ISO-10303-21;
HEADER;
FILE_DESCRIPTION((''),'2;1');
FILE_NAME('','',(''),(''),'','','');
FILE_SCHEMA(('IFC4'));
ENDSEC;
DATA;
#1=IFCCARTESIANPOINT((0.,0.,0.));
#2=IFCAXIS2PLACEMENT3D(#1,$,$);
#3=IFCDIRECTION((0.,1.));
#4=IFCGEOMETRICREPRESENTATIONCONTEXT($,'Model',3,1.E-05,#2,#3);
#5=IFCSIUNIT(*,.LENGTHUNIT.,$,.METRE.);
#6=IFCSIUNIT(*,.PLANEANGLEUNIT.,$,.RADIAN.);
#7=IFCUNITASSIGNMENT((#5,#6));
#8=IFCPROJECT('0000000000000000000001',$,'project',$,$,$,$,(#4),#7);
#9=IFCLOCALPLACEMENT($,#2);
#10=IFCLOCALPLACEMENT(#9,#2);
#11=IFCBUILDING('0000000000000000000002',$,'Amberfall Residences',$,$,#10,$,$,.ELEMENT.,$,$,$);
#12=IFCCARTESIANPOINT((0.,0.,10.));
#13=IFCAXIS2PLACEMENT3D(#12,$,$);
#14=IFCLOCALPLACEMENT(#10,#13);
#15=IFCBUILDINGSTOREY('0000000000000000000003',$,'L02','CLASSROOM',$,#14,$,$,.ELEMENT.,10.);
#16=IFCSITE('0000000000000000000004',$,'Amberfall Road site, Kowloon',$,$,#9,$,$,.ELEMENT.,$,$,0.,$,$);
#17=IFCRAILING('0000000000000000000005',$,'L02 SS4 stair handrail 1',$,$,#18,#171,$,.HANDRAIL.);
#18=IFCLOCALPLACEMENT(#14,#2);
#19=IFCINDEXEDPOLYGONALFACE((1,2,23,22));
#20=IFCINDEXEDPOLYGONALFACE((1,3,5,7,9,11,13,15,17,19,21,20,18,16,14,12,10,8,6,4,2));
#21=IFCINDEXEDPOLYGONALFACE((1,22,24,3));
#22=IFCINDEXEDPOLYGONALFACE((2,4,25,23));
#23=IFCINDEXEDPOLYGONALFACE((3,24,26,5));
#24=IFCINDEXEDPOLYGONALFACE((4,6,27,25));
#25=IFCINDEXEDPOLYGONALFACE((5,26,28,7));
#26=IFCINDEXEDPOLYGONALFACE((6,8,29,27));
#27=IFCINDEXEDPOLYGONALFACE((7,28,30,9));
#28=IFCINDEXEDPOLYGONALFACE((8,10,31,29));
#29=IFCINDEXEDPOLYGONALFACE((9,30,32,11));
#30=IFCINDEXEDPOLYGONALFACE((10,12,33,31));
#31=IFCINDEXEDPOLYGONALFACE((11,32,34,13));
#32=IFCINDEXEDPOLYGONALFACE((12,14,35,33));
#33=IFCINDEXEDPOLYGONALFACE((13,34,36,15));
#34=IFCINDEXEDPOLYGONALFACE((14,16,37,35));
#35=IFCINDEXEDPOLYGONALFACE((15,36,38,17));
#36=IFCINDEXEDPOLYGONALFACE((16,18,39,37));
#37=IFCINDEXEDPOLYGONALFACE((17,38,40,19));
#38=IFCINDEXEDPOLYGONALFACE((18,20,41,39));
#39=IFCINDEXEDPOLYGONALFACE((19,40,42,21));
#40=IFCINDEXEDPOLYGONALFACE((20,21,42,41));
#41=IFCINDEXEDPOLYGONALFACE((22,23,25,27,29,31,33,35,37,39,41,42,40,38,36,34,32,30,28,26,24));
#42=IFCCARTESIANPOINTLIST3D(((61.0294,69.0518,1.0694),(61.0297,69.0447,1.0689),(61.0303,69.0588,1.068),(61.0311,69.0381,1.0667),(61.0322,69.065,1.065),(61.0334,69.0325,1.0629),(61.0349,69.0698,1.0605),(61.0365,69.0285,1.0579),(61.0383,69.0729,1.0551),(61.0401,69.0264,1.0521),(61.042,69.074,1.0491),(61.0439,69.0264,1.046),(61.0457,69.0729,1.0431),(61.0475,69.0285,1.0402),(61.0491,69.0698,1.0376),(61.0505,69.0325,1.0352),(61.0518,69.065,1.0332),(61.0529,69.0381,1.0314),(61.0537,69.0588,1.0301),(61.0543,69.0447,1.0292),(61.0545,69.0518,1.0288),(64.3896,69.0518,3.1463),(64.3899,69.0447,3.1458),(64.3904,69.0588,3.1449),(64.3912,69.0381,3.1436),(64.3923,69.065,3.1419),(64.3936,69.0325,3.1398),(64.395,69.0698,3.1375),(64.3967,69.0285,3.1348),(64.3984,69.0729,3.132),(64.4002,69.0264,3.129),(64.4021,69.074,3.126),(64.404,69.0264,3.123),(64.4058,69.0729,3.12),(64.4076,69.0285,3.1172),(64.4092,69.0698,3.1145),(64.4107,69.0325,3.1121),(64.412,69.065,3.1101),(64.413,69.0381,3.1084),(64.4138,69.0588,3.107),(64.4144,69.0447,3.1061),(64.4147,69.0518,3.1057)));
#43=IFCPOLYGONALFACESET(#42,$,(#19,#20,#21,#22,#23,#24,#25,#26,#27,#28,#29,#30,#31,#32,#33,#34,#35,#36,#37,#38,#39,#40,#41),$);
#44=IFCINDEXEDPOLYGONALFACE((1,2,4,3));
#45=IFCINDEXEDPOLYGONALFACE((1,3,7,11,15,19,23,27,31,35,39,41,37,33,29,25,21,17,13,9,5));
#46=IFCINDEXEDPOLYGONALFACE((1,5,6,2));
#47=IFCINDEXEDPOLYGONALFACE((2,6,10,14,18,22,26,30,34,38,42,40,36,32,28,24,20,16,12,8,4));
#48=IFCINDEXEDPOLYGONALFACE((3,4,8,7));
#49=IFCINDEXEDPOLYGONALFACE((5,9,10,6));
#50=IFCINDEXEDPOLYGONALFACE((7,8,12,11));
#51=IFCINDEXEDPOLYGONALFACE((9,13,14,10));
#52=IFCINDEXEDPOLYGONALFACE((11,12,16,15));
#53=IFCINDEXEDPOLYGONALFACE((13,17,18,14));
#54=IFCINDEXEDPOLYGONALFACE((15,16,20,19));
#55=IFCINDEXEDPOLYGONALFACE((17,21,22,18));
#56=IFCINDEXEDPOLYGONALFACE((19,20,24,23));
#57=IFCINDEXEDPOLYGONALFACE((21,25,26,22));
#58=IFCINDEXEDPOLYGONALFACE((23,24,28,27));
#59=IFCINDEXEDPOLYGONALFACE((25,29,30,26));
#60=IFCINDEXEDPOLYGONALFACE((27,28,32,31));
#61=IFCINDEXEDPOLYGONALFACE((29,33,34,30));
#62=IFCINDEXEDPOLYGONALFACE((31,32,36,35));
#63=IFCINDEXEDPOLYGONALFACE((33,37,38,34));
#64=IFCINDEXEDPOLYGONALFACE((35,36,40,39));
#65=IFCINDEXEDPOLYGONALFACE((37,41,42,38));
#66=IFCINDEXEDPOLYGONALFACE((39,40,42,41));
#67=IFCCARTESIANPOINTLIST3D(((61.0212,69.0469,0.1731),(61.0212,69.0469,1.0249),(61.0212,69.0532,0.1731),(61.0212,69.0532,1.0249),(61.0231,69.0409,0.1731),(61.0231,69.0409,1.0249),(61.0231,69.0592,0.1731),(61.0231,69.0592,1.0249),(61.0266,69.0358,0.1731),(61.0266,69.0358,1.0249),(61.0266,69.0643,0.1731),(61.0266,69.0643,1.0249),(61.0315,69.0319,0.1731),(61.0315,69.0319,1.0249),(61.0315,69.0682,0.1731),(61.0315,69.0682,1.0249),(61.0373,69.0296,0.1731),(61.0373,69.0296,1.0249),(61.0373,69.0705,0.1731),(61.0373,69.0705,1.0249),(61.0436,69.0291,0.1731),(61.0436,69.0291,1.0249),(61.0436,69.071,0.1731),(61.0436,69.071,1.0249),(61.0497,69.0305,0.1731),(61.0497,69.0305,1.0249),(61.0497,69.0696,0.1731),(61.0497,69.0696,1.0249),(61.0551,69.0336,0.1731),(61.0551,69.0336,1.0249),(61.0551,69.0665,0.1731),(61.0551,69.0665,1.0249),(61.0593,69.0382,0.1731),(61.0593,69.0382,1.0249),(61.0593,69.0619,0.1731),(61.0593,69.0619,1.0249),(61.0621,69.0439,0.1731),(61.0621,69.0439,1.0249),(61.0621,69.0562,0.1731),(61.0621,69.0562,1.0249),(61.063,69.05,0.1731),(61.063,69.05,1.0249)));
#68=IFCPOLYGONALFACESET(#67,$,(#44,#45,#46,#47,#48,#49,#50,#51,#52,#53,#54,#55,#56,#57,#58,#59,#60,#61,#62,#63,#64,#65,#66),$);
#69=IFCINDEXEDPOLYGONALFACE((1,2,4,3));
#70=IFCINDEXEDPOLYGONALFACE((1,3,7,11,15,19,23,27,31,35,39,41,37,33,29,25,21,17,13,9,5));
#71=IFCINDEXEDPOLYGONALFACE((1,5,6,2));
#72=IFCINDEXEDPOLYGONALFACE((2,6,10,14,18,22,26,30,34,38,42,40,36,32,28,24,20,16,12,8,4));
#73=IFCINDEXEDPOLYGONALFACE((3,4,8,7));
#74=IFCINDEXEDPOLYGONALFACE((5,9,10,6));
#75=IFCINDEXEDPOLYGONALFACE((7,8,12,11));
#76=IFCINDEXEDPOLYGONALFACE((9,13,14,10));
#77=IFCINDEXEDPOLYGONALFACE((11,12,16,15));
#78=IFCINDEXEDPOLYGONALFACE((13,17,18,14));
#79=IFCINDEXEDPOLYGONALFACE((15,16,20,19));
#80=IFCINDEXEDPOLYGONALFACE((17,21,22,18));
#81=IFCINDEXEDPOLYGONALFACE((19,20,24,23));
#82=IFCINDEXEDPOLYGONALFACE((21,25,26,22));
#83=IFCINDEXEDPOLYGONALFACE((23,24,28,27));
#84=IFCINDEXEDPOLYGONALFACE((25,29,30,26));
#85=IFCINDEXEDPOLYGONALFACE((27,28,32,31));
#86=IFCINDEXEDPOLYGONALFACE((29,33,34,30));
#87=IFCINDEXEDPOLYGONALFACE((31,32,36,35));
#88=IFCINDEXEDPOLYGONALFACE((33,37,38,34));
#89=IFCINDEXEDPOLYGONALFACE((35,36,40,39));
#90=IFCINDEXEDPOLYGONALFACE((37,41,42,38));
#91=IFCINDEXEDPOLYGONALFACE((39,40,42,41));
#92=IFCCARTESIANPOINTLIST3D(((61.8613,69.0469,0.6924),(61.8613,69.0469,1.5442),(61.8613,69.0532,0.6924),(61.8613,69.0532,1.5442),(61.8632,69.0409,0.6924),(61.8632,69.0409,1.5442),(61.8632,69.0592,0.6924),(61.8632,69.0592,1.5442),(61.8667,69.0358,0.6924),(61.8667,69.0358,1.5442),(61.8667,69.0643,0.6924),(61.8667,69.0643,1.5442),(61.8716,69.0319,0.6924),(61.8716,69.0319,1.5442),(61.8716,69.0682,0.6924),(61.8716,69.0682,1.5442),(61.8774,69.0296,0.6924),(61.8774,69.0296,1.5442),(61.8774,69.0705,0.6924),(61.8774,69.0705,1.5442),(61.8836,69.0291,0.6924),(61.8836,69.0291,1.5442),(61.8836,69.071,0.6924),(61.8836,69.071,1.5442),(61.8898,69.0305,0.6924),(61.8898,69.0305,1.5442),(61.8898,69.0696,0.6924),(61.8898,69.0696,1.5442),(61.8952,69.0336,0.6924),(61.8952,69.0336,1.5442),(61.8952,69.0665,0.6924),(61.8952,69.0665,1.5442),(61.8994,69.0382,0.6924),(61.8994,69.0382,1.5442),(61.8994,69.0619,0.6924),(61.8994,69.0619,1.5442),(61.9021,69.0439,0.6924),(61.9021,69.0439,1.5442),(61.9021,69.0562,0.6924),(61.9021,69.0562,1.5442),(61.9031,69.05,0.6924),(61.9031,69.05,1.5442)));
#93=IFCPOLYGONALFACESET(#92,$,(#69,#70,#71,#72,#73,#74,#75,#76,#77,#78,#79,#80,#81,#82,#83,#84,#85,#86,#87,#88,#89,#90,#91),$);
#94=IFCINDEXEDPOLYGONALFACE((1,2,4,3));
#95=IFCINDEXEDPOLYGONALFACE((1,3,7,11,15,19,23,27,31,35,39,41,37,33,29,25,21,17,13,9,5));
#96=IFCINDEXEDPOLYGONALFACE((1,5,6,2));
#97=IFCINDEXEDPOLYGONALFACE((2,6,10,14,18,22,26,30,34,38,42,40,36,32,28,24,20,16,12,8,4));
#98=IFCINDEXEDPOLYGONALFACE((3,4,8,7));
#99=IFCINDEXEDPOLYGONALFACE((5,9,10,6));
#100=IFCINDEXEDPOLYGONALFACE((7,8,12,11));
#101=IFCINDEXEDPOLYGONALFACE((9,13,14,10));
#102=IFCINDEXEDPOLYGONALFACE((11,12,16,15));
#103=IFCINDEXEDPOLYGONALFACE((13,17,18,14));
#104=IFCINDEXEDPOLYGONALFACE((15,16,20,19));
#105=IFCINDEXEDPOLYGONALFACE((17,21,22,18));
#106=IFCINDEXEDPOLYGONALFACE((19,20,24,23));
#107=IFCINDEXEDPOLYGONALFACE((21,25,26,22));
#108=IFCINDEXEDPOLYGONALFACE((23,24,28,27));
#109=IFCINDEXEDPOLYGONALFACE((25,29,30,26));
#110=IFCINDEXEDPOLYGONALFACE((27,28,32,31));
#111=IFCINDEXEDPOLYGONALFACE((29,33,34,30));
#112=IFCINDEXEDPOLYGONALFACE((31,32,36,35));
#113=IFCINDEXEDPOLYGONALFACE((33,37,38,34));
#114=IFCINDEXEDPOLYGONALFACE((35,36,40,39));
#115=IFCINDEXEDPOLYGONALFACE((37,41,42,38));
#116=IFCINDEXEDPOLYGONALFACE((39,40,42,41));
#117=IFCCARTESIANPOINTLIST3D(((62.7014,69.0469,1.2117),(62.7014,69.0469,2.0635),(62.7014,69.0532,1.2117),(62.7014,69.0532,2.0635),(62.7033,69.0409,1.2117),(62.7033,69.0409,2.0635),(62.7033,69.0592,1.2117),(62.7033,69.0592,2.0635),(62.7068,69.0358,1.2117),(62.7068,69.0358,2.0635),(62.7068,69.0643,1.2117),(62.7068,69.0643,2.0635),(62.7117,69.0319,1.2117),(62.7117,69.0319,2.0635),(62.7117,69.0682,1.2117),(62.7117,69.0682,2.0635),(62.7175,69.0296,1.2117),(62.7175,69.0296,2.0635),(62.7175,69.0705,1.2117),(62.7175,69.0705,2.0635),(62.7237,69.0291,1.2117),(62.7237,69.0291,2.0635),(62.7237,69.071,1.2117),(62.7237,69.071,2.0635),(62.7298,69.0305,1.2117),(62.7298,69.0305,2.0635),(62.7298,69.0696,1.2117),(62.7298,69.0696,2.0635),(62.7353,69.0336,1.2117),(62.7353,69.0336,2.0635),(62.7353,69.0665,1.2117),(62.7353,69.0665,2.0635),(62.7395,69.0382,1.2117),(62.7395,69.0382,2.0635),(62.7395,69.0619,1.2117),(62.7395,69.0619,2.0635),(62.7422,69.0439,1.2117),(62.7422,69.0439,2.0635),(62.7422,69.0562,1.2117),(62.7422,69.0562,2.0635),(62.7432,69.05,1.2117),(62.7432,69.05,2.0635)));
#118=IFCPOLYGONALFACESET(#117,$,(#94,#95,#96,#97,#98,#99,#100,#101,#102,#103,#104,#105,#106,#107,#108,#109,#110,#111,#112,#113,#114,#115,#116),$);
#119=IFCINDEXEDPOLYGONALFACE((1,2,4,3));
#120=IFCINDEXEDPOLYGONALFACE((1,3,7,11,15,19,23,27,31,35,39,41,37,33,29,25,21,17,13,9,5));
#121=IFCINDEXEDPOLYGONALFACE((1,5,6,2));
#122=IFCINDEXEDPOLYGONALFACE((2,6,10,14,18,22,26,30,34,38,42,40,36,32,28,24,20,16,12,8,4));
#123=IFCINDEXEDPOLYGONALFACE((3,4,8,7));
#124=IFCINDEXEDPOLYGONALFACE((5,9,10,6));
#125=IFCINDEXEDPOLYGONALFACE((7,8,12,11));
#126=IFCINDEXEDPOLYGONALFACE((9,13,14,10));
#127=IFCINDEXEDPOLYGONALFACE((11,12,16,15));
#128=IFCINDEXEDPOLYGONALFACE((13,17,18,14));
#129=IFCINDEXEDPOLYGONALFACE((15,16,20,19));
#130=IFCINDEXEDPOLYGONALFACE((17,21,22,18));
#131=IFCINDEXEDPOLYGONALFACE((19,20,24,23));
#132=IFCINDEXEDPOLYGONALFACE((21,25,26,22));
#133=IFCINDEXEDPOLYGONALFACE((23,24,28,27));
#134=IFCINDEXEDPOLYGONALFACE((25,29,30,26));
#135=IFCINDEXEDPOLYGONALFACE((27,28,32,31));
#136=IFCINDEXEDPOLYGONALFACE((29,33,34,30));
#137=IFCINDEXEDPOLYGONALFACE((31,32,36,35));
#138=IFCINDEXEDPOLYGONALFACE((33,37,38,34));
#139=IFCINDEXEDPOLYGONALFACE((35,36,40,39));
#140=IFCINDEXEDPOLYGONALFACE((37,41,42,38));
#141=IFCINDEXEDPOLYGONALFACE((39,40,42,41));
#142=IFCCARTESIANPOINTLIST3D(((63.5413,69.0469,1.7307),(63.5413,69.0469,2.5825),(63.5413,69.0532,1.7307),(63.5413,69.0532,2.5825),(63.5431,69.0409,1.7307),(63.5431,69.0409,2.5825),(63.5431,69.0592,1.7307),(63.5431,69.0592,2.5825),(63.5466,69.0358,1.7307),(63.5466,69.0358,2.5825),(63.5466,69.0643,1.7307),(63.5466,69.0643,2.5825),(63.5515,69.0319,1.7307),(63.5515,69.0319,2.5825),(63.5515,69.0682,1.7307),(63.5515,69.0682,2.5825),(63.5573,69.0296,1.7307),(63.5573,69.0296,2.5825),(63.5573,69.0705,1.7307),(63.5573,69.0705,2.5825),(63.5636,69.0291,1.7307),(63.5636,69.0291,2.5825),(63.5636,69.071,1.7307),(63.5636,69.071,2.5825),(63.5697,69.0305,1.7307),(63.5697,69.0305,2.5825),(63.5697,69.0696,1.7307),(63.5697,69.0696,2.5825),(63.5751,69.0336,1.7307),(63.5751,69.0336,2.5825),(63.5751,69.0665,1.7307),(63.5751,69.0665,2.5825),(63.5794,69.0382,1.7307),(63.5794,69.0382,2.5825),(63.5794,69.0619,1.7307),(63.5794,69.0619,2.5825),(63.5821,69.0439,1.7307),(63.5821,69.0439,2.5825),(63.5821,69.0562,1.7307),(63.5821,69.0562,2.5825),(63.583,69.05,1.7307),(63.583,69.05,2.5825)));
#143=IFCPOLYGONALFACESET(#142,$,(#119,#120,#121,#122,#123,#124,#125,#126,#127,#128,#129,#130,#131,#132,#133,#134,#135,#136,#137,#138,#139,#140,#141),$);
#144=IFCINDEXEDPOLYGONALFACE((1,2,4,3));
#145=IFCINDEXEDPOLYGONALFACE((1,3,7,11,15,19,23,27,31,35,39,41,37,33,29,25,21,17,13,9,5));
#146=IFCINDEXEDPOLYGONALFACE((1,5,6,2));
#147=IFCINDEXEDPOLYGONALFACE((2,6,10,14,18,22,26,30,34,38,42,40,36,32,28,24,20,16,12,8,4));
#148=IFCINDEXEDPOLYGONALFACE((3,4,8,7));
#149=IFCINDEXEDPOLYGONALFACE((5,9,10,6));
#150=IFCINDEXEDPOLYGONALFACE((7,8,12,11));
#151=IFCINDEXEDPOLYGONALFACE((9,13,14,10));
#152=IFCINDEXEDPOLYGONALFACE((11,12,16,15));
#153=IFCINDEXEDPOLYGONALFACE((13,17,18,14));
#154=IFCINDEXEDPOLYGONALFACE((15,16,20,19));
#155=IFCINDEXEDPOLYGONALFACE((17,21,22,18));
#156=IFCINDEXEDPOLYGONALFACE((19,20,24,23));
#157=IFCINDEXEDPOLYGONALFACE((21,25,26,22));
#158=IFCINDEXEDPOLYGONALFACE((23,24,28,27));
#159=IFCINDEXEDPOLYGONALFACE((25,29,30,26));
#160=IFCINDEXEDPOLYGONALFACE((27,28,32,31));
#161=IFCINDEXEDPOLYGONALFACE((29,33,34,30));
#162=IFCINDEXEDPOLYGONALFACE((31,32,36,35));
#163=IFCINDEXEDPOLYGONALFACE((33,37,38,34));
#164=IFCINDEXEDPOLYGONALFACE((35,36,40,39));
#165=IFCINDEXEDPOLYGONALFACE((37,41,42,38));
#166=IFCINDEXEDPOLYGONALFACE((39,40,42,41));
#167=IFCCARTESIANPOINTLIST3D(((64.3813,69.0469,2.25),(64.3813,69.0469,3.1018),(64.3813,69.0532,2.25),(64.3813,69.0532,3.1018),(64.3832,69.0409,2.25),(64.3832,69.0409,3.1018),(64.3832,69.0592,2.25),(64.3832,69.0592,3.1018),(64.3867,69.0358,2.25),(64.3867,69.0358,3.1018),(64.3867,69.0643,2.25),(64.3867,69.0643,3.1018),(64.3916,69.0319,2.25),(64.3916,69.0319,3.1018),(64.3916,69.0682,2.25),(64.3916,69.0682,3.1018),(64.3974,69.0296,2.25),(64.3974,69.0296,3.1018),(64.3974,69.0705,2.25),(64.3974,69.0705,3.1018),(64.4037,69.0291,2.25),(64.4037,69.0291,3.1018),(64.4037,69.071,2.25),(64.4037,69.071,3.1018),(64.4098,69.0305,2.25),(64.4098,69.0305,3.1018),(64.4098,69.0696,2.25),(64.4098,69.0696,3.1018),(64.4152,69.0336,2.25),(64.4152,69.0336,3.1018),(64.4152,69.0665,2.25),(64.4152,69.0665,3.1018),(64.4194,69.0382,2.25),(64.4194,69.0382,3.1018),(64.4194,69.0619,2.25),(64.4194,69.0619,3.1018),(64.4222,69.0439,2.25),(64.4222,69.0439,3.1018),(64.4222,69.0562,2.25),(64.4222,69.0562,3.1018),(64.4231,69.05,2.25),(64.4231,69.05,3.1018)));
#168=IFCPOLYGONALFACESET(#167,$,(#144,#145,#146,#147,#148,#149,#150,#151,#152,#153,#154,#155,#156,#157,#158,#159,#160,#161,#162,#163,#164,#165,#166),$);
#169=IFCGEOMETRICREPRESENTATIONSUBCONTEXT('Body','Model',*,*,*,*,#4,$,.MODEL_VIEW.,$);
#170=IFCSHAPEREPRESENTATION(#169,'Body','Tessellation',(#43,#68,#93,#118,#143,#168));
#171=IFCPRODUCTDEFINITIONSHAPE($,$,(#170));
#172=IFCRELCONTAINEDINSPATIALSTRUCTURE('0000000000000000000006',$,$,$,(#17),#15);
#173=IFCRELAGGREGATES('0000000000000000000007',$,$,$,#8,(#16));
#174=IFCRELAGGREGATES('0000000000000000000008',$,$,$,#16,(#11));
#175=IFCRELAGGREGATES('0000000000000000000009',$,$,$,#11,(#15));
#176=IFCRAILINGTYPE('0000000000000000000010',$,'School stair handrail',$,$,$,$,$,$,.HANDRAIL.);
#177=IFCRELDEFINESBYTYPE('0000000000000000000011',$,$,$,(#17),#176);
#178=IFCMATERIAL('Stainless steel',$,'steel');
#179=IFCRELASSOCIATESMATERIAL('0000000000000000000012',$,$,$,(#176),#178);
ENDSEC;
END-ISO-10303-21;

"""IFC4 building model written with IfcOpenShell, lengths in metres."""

from ifc_helpers import new_model, si_unit, direction, frame, origin, origin_2d, place, context, subcontext, project, spatial, circle, extrude, material, type_object, element, save


model = new_model("IFC4")

# Units and contexts
model_context = context("Model", 3, precision=1e-05, world=origin(), true_north=direction((0.0, 1.0)))
body_context = subcontext(model_context, "Body", "Model", "MODEL_VIEW")
ifc_project = project(units=[si_unit("LENGTHUNIT", "METRE"), si_unit("PLANEANGLEUNIT", "RADIAN")], contexts=[model_context])

# Site, building, storey
site_placement = place(None, origin())
site = spatial("IfcSite", under=ifc_project, at=site_placement, Name="Amberfall Road site, Kowloon", CompositionType="ELEMENT", RefElevation=0.0)
building_placement = place(site_placement, origin())
building = spatial("IfcBuilding", under=site, at=building_placement, Name="Amberfall Residences", CompositionType="ELEMENT")
storey_placement = place(building_placement, frame((0.0, 0.0, 10.0)))
storey = spatial("IfcBuildingStorey", under=building, at=storey_placement, Name="L02", Description="CLASSROOM", CompositionType="ELEMENT", Elevation=10.0)

# Railing
ifc_material_1 = material(Name="Stainless steel", Category="steel")
railing_type_1 = type_object("IfcRailingType", Name="School stair handrail", PredefinedType="HANDRAIL", material=ifc_material_1)
railing_1_placement = place(storey_placement, frame((61.042, 69.05, 0.1731)))
element("IfcRailing", 1, at=railing_1_placement, inside=storey, type_object=railing_type_1, Name="L02 SS4 stair handrail 1", PredefinedType="HANDRAIL", context=body_context, shape_type="SweptSolid", body=[
    extrude(circle(Radius=0.0239, at=origin_2d()), frame((0.0, 0.0, 0.876), z_axis=(0.850623, 0.0, 0.525776), x_axis=(0.0, 1.0, 0.0)), (0.0, 0.0, 1.0), 3.9502),
    extrude(circle(Radius=0.021, at=origin_2d()), origin(), (0.0, 0.0, 1.0), 0.8518),
    extrude(circle(Radius=0.021, at=origin_2d()), frame((0.8401, 0.0, 0.5193)), (0.0, 0.0, 1.0), 0.8518),
    extrude(circle(Radius=0.021, at=origin_2d()), frame((1.6802, 0.0, 1.0386)), (0.0, 0.0, 1.0), 0.8518),
    extrude(circle(Radius=0.021, at=origin_2d()), frame((2.52, 0.0, 1.5576)), (0.0, 0.0, 1.0), 0.8518),
    extrude(circle(Radius=0.021, at=origin_2d()), frame((3.3601, 0.0, 2.0769)), (0.0, 0.0, 1.0), 0.8518),
])

save(model, "model.ifc")
